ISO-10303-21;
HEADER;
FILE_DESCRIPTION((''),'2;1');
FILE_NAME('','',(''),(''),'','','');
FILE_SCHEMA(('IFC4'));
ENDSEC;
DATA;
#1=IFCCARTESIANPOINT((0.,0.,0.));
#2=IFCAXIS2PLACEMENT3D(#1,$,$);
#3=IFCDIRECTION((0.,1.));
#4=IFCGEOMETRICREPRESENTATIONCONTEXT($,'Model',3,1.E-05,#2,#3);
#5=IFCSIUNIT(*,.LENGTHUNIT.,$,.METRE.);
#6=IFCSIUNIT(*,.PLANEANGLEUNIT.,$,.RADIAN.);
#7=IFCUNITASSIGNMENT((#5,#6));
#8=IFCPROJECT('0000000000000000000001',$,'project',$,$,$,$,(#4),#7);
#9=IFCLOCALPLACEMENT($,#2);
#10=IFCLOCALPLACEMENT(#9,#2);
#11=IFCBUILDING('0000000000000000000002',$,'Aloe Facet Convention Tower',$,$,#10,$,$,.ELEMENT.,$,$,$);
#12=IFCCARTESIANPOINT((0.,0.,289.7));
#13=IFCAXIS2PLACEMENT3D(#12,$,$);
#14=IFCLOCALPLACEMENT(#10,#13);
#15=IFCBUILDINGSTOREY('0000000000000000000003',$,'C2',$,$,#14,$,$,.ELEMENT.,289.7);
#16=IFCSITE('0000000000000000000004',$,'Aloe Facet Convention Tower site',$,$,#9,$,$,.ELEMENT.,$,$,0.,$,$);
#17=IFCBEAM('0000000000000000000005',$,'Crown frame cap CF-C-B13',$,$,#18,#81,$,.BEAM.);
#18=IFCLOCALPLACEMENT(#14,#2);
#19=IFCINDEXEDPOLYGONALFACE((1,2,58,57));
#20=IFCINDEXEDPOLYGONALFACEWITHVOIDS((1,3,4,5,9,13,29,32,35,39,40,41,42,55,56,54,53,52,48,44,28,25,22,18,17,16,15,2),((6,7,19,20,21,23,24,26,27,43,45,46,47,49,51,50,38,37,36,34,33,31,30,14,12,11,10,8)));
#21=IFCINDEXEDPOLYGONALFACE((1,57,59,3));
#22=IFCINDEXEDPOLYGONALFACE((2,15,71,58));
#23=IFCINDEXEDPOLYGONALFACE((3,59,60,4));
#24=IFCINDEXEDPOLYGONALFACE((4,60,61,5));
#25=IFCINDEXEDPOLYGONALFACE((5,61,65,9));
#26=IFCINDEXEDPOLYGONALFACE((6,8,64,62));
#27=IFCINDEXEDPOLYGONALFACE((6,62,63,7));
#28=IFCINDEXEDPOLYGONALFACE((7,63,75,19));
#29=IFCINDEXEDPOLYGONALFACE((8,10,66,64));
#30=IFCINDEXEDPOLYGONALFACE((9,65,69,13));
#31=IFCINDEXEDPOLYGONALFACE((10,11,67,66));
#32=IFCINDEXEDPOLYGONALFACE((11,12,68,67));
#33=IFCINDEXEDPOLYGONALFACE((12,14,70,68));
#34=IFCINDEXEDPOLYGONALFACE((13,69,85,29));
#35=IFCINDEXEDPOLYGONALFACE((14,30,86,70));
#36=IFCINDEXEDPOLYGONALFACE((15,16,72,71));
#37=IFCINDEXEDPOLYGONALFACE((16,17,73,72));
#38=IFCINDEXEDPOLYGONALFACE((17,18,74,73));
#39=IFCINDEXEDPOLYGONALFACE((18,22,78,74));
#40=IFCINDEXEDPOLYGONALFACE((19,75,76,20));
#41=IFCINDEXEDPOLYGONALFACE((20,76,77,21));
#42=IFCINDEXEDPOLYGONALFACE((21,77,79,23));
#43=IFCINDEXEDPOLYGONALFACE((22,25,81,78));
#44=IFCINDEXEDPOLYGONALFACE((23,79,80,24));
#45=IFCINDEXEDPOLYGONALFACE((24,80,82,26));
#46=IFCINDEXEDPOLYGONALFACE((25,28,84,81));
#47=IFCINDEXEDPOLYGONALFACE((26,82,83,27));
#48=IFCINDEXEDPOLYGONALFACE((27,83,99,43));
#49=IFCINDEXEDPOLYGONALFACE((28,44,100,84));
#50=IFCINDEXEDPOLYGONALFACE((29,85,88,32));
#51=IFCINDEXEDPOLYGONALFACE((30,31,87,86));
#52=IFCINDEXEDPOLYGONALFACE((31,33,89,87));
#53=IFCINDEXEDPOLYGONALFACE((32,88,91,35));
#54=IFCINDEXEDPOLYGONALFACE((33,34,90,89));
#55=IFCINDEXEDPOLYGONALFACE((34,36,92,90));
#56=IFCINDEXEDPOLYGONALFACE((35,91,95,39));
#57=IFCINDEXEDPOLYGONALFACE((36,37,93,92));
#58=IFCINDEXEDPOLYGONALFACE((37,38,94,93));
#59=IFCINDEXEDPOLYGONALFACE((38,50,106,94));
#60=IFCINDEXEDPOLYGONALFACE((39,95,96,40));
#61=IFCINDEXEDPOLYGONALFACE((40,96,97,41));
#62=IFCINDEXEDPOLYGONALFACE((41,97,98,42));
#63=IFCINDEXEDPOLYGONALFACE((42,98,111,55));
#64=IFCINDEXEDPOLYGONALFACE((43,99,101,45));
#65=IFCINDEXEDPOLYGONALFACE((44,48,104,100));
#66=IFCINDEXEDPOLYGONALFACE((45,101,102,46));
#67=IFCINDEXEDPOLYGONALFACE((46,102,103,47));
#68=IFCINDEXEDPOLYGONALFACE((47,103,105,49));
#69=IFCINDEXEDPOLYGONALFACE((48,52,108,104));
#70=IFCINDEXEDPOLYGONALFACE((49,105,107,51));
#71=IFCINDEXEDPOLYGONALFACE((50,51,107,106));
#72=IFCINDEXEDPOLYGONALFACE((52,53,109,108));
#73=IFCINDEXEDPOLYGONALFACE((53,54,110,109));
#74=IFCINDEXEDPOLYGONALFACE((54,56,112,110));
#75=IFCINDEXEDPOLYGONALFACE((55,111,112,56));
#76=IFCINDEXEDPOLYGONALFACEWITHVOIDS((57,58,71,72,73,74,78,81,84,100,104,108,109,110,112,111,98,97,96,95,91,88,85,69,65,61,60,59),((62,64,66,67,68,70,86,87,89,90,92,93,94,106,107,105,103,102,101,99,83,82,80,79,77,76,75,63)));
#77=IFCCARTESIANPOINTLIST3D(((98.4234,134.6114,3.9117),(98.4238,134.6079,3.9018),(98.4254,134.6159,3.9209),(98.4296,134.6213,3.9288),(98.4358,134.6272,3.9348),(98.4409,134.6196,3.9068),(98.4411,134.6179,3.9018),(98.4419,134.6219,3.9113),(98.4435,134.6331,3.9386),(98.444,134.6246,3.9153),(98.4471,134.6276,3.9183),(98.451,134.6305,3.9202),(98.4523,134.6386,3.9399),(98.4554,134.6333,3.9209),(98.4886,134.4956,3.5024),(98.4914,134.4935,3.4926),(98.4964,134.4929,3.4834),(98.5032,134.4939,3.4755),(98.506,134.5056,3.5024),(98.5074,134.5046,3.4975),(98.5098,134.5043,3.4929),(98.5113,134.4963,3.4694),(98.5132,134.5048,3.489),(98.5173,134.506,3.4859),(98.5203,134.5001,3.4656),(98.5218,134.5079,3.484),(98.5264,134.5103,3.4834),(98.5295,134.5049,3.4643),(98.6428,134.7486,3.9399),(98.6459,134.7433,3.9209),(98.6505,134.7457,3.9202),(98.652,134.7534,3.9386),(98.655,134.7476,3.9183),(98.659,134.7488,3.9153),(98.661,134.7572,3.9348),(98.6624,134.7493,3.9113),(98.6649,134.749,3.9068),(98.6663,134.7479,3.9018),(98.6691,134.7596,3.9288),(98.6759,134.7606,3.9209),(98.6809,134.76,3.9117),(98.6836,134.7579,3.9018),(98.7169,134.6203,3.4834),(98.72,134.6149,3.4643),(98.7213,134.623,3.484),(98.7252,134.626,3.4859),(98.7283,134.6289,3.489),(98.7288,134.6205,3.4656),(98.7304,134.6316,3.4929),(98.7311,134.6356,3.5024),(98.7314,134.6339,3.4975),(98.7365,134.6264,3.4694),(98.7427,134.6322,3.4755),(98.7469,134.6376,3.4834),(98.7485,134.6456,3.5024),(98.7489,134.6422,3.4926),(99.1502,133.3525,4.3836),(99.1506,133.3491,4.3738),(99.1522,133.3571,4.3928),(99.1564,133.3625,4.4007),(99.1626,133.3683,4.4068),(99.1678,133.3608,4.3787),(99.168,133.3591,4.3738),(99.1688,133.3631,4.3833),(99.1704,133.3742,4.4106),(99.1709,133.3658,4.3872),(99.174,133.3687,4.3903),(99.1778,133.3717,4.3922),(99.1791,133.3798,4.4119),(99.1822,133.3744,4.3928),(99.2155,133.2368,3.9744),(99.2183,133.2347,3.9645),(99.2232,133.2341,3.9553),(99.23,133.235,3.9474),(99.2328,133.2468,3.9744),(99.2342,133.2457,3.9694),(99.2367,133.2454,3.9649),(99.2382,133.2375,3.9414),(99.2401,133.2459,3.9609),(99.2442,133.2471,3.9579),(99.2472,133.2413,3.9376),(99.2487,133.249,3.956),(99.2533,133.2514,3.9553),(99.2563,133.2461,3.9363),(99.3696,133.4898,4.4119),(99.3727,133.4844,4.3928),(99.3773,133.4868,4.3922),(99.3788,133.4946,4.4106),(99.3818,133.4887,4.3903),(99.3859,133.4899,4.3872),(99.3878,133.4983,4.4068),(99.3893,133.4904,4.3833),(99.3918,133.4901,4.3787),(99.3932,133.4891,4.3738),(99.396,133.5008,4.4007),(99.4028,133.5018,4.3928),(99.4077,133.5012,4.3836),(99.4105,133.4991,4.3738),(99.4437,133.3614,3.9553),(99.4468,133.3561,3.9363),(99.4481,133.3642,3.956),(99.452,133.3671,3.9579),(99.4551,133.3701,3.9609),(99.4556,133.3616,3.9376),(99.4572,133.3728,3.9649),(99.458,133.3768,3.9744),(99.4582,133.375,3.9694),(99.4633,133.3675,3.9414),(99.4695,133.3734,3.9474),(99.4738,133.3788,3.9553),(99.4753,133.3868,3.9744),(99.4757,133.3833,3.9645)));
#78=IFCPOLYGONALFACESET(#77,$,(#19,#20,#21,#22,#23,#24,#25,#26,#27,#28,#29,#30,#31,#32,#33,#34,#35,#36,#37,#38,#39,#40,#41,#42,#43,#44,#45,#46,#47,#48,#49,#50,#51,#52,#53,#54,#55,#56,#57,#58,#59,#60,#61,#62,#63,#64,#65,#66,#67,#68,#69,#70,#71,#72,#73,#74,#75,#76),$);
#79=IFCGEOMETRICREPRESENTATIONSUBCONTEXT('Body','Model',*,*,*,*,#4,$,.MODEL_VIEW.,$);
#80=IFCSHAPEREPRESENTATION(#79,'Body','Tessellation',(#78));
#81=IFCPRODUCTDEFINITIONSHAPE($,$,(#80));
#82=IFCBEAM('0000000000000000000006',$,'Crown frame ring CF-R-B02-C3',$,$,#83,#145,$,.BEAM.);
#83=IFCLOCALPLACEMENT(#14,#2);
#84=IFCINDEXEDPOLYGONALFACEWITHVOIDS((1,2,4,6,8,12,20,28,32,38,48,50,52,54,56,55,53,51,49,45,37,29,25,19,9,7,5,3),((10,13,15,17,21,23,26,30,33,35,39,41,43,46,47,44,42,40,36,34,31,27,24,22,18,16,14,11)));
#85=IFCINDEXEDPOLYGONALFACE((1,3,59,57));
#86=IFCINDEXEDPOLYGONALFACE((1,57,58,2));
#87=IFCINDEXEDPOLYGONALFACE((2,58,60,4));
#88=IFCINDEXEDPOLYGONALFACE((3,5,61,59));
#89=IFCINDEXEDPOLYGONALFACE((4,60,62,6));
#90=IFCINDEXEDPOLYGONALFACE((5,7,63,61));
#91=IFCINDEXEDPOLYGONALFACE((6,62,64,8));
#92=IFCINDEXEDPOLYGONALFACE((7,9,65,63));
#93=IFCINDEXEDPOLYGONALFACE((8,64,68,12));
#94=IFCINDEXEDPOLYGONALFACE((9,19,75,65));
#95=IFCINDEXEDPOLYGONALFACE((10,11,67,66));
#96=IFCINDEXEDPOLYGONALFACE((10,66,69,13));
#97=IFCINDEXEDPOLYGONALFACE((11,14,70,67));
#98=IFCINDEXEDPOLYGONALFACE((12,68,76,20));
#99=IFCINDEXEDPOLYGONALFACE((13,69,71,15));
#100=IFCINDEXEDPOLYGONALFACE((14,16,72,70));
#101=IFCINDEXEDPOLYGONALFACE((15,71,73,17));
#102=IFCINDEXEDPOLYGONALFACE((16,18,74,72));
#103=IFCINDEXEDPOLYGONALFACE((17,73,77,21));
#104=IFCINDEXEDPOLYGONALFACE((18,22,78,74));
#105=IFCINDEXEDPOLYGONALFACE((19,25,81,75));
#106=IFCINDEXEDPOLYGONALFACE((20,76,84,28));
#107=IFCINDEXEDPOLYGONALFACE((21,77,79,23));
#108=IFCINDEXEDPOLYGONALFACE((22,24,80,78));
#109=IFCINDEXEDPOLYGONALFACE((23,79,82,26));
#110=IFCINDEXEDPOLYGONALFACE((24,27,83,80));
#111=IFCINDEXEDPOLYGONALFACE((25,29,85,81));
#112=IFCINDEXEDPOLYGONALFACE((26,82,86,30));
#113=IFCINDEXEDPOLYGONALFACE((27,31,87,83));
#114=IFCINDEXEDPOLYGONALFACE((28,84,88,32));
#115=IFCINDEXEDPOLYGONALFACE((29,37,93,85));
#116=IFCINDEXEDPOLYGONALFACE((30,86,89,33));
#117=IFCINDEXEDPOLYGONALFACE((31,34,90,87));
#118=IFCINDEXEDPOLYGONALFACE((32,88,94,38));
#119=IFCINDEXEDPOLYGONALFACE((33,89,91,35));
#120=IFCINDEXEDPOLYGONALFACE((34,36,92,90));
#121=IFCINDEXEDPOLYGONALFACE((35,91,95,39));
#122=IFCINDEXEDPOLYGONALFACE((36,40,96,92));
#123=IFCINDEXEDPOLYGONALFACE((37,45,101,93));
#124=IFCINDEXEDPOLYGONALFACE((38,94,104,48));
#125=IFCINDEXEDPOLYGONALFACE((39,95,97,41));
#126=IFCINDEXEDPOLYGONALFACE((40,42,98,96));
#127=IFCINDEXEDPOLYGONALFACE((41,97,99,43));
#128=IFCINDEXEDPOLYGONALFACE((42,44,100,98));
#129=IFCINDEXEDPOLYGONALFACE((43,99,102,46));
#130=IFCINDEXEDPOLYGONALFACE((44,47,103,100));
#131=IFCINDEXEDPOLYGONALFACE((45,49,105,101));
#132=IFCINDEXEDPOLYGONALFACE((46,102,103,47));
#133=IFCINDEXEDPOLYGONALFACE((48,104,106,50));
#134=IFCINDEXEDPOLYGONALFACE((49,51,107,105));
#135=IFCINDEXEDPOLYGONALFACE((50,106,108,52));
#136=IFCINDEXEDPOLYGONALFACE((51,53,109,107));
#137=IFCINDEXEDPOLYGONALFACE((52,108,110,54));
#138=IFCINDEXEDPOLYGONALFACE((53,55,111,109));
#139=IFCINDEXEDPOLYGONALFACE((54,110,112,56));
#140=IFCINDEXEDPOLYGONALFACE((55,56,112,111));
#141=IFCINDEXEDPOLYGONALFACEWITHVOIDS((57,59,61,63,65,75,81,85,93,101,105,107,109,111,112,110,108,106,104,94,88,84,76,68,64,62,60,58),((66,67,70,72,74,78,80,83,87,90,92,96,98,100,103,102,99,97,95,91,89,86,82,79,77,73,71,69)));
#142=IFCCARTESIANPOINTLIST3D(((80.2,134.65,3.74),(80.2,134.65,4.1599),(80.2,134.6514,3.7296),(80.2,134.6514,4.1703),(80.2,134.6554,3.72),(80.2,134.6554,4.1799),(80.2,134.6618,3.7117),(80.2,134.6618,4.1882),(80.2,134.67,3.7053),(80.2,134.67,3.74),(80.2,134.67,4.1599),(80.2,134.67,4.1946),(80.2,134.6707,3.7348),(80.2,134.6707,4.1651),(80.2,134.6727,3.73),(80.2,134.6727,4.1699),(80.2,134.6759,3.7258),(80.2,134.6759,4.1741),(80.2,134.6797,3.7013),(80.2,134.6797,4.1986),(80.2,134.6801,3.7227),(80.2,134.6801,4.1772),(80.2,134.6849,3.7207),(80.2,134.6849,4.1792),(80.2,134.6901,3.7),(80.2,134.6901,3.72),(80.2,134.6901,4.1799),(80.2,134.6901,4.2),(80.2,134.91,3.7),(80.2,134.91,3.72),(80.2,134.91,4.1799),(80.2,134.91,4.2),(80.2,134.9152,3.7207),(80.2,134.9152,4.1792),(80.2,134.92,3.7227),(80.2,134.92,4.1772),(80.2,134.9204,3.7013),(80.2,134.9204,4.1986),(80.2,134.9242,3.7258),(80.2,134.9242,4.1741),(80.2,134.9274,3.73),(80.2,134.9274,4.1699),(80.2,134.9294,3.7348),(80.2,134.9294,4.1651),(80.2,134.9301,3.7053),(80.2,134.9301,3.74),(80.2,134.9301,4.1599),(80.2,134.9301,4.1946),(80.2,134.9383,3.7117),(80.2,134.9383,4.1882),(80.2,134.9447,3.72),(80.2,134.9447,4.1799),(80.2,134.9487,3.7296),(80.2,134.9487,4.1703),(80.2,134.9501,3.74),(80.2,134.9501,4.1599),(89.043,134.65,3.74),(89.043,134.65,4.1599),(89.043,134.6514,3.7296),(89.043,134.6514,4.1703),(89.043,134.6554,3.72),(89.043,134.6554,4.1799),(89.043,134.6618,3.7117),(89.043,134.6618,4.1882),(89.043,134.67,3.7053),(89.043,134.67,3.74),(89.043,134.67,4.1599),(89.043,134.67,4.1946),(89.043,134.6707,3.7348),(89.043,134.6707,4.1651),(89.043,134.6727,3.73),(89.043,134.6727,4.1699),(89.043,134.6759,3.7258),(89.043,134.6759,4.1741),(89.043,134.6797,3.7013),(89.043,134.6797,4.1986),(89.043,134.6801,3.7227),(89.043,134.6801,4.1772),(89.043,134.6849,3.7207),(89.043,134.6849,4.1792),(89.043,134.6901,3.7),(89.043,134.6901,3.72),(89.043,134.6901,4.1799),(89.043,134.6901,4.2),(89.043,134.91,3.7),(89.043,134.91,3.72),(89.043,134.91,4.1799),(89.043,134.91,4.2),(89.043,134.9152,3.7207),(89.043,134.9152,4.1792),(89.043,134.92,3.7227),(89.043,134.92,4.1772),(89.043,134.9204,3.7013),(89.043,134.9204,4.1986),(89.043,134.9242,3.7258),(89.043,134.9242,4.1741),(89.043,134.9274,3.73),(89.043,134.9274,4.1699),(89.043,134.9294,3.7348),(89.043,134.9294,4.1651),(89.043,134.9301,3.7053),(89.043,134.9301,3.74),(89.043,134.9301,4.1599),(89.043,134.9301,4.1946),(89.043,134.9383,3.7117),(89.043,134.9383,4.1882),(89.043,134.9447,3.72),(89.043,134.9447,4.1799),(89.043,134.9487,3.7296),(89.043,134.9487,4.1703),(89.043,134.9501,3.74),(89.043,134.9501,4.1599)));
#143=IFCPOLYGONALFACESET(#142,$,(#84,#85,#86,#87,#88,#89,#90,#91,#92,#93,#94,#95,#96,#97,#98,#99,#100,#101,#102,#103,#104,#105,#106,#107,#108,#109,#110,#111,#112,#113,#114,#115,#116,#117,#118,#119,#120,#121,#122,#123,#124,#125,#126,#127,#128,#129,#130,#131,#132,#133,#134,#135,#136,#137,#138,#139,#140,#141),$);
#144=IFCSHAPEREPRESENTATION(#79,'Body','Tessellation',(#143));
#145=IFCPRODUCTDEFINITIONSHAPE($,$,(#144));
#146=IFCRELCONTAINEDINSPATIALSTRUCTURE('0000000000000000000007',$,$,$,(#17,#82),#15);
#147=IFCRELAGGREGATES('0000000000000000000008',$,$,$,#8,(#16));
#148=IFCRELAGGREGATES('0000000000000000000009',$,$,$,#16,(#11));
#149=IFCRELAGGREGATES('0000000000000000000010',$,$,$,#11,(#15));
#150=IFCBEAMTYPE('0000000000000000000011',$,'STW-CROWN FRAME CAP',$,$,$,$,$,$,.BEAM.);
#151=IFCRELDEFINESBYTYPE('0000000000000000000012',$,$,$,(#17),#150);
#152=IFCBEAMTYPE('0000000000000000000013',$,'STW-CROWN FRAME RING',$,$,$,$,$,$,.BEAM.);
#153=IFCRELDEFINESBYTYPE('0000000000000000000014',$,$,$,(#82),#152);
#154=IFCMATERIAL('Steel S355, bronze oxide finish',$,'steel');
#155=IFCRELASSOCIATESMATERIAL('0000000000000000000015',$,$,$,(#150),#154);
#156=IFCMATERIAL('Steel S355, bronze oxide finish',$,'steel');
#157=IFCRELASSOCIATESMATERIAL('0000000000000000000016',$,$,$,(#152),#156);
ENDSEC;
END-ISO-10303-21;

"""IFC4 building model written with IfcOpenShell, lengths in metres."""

from ifc_helpers import new_model, si_unit, direction, frame, origin, origin_2d, place, context, subcontext, project, spatial, hollow_rectangle, extrude, material, material_profile, profile_set, type_object, element, save


model = new_model("IFC4")

# Units and contexts
model_context = context("Model", 3, precision=1e-05, world=origin(), true_north=direction((0.0, 1.0)))
body_context = subcontext(model_context, "Body", "Model", "MODEL_VIEW")
ifc_project = project(units=[si_unit("LENGTHUNIT", "METRE"), si_unit("PLANEANGLEUNIT", "RADIAN")], contexts=[model_context])

# Site, building, storey
site_placement = place(None, origin())
site = spatial("IfcSite", under=ifc_project, at=site_placement, Name="Aloe Facet Convention Tower site", CompositionType="ELEMENT", RefElevation=0.0)
building_placement = place(site_placement, origin())
building = spatial("IfcBuilding", under=site, at=building_placement, Name="Aloe Facet Convention Tower", CompositionType="ELEMENT")
storey_placement = place(building_placement, frame((0.0, 0.0, 289.7)))
storey = spatial("IfcBuildingStorey", under=building, at=storey_placement, Name="C2", CompositionType="ELEMENT", Elevation=289.7)

# Beams
ifc_material_1 = material(Name="Steel S355, bronze oxide finish", Category="steel")
ifc_material_profile_1 = material_profile(ifc_material_1, hollow_rectangle(XDim=0.3, YDim=0.5, WallThickness=0.02, InnerFilletRadius=0.02, OuterFilletRadius=0.04, at=origin_2d()), Name="RHS 500x300x20")
ifc_profile_set_1 = profile_set([ifc_material_profile_1], Name="Steel S355, bronze oxide finish")
beam_type_1 = type_object("IfcBeamType", Name="STW-CROWN FRAME CAP", PredefinedType="BEAM", material=ifc_profile_set_1)
beam_1_placement = place(storey_placement, frame((99.313, 133.3679, 4.1741), z_axis=(-0.475585, 0.823687, -0.308803), x_axis=(-0.866012, -0.500023, 0.0)))
element("IfcBeam", 1, at=beam_1_placement, inside=storey, type_object=beam_type_1, Name="Crown frame cap CF-C-B13", PredefinedType="BEAM", context=body_context, shape_type="SweptSolid", body=[
    extrude(hollow_rectangle(XDim=0.3, YDim=0.5, WallThickness=0.02, InnerFilletRadius=0.02, OuterFilletRadius=0.04, at=origin_2d()), origin(), (0.0, 0.0, 1.0), 1.5283),
])
ifc_material_2 = material(Name="Steel S355, bronze oxide finish", Category="steel")
ifc_material_profile_2 = material_profile(ifc_material_2, hollow_rectangle(XDim=0.3, YDim=0.5, WallThickness=0.02, InnerFilletRadius=0.02, OuterFilletRadius=0.04, at=origin_2d()), Name="RHS 500x300x20")
ifc_profile_set_2 = profile_set([ifc_material_profile_2], Name="Steel S355, bronze oxide finish")
beam_type_2 = type_object("IfcBeamType", Name="STW-CROWN FRAME RING", PredefinedType="BEAM", material=ifc_profile_set_2)
beam_2_placement = place(storey_placement, frame((89.043, 134.8, 3.95), z_axis=(-1.0, 0.0, 0.0), x_axis=(0.0, -1.0, 0.0)))
element("IfcBeam", 2, at=beam_2_placement, inside=storey, type_object=beam_type_2, Name="Crown frame ring CF-R-B02-C3", PredefinedType="BEAM", context=body_context, shape_type="SweptSolid", body=[
    extrude(hollow_rectangle(XDim=0.3, YDim=0.5, WallThickness=0.02, InnerFilletRadius=0.02, OuterFilletRadius=0.04, at=origin_2d()), origin(), (0.0, 0.0, 1.0), 8.843),
])

save(model, "model.ifc")
